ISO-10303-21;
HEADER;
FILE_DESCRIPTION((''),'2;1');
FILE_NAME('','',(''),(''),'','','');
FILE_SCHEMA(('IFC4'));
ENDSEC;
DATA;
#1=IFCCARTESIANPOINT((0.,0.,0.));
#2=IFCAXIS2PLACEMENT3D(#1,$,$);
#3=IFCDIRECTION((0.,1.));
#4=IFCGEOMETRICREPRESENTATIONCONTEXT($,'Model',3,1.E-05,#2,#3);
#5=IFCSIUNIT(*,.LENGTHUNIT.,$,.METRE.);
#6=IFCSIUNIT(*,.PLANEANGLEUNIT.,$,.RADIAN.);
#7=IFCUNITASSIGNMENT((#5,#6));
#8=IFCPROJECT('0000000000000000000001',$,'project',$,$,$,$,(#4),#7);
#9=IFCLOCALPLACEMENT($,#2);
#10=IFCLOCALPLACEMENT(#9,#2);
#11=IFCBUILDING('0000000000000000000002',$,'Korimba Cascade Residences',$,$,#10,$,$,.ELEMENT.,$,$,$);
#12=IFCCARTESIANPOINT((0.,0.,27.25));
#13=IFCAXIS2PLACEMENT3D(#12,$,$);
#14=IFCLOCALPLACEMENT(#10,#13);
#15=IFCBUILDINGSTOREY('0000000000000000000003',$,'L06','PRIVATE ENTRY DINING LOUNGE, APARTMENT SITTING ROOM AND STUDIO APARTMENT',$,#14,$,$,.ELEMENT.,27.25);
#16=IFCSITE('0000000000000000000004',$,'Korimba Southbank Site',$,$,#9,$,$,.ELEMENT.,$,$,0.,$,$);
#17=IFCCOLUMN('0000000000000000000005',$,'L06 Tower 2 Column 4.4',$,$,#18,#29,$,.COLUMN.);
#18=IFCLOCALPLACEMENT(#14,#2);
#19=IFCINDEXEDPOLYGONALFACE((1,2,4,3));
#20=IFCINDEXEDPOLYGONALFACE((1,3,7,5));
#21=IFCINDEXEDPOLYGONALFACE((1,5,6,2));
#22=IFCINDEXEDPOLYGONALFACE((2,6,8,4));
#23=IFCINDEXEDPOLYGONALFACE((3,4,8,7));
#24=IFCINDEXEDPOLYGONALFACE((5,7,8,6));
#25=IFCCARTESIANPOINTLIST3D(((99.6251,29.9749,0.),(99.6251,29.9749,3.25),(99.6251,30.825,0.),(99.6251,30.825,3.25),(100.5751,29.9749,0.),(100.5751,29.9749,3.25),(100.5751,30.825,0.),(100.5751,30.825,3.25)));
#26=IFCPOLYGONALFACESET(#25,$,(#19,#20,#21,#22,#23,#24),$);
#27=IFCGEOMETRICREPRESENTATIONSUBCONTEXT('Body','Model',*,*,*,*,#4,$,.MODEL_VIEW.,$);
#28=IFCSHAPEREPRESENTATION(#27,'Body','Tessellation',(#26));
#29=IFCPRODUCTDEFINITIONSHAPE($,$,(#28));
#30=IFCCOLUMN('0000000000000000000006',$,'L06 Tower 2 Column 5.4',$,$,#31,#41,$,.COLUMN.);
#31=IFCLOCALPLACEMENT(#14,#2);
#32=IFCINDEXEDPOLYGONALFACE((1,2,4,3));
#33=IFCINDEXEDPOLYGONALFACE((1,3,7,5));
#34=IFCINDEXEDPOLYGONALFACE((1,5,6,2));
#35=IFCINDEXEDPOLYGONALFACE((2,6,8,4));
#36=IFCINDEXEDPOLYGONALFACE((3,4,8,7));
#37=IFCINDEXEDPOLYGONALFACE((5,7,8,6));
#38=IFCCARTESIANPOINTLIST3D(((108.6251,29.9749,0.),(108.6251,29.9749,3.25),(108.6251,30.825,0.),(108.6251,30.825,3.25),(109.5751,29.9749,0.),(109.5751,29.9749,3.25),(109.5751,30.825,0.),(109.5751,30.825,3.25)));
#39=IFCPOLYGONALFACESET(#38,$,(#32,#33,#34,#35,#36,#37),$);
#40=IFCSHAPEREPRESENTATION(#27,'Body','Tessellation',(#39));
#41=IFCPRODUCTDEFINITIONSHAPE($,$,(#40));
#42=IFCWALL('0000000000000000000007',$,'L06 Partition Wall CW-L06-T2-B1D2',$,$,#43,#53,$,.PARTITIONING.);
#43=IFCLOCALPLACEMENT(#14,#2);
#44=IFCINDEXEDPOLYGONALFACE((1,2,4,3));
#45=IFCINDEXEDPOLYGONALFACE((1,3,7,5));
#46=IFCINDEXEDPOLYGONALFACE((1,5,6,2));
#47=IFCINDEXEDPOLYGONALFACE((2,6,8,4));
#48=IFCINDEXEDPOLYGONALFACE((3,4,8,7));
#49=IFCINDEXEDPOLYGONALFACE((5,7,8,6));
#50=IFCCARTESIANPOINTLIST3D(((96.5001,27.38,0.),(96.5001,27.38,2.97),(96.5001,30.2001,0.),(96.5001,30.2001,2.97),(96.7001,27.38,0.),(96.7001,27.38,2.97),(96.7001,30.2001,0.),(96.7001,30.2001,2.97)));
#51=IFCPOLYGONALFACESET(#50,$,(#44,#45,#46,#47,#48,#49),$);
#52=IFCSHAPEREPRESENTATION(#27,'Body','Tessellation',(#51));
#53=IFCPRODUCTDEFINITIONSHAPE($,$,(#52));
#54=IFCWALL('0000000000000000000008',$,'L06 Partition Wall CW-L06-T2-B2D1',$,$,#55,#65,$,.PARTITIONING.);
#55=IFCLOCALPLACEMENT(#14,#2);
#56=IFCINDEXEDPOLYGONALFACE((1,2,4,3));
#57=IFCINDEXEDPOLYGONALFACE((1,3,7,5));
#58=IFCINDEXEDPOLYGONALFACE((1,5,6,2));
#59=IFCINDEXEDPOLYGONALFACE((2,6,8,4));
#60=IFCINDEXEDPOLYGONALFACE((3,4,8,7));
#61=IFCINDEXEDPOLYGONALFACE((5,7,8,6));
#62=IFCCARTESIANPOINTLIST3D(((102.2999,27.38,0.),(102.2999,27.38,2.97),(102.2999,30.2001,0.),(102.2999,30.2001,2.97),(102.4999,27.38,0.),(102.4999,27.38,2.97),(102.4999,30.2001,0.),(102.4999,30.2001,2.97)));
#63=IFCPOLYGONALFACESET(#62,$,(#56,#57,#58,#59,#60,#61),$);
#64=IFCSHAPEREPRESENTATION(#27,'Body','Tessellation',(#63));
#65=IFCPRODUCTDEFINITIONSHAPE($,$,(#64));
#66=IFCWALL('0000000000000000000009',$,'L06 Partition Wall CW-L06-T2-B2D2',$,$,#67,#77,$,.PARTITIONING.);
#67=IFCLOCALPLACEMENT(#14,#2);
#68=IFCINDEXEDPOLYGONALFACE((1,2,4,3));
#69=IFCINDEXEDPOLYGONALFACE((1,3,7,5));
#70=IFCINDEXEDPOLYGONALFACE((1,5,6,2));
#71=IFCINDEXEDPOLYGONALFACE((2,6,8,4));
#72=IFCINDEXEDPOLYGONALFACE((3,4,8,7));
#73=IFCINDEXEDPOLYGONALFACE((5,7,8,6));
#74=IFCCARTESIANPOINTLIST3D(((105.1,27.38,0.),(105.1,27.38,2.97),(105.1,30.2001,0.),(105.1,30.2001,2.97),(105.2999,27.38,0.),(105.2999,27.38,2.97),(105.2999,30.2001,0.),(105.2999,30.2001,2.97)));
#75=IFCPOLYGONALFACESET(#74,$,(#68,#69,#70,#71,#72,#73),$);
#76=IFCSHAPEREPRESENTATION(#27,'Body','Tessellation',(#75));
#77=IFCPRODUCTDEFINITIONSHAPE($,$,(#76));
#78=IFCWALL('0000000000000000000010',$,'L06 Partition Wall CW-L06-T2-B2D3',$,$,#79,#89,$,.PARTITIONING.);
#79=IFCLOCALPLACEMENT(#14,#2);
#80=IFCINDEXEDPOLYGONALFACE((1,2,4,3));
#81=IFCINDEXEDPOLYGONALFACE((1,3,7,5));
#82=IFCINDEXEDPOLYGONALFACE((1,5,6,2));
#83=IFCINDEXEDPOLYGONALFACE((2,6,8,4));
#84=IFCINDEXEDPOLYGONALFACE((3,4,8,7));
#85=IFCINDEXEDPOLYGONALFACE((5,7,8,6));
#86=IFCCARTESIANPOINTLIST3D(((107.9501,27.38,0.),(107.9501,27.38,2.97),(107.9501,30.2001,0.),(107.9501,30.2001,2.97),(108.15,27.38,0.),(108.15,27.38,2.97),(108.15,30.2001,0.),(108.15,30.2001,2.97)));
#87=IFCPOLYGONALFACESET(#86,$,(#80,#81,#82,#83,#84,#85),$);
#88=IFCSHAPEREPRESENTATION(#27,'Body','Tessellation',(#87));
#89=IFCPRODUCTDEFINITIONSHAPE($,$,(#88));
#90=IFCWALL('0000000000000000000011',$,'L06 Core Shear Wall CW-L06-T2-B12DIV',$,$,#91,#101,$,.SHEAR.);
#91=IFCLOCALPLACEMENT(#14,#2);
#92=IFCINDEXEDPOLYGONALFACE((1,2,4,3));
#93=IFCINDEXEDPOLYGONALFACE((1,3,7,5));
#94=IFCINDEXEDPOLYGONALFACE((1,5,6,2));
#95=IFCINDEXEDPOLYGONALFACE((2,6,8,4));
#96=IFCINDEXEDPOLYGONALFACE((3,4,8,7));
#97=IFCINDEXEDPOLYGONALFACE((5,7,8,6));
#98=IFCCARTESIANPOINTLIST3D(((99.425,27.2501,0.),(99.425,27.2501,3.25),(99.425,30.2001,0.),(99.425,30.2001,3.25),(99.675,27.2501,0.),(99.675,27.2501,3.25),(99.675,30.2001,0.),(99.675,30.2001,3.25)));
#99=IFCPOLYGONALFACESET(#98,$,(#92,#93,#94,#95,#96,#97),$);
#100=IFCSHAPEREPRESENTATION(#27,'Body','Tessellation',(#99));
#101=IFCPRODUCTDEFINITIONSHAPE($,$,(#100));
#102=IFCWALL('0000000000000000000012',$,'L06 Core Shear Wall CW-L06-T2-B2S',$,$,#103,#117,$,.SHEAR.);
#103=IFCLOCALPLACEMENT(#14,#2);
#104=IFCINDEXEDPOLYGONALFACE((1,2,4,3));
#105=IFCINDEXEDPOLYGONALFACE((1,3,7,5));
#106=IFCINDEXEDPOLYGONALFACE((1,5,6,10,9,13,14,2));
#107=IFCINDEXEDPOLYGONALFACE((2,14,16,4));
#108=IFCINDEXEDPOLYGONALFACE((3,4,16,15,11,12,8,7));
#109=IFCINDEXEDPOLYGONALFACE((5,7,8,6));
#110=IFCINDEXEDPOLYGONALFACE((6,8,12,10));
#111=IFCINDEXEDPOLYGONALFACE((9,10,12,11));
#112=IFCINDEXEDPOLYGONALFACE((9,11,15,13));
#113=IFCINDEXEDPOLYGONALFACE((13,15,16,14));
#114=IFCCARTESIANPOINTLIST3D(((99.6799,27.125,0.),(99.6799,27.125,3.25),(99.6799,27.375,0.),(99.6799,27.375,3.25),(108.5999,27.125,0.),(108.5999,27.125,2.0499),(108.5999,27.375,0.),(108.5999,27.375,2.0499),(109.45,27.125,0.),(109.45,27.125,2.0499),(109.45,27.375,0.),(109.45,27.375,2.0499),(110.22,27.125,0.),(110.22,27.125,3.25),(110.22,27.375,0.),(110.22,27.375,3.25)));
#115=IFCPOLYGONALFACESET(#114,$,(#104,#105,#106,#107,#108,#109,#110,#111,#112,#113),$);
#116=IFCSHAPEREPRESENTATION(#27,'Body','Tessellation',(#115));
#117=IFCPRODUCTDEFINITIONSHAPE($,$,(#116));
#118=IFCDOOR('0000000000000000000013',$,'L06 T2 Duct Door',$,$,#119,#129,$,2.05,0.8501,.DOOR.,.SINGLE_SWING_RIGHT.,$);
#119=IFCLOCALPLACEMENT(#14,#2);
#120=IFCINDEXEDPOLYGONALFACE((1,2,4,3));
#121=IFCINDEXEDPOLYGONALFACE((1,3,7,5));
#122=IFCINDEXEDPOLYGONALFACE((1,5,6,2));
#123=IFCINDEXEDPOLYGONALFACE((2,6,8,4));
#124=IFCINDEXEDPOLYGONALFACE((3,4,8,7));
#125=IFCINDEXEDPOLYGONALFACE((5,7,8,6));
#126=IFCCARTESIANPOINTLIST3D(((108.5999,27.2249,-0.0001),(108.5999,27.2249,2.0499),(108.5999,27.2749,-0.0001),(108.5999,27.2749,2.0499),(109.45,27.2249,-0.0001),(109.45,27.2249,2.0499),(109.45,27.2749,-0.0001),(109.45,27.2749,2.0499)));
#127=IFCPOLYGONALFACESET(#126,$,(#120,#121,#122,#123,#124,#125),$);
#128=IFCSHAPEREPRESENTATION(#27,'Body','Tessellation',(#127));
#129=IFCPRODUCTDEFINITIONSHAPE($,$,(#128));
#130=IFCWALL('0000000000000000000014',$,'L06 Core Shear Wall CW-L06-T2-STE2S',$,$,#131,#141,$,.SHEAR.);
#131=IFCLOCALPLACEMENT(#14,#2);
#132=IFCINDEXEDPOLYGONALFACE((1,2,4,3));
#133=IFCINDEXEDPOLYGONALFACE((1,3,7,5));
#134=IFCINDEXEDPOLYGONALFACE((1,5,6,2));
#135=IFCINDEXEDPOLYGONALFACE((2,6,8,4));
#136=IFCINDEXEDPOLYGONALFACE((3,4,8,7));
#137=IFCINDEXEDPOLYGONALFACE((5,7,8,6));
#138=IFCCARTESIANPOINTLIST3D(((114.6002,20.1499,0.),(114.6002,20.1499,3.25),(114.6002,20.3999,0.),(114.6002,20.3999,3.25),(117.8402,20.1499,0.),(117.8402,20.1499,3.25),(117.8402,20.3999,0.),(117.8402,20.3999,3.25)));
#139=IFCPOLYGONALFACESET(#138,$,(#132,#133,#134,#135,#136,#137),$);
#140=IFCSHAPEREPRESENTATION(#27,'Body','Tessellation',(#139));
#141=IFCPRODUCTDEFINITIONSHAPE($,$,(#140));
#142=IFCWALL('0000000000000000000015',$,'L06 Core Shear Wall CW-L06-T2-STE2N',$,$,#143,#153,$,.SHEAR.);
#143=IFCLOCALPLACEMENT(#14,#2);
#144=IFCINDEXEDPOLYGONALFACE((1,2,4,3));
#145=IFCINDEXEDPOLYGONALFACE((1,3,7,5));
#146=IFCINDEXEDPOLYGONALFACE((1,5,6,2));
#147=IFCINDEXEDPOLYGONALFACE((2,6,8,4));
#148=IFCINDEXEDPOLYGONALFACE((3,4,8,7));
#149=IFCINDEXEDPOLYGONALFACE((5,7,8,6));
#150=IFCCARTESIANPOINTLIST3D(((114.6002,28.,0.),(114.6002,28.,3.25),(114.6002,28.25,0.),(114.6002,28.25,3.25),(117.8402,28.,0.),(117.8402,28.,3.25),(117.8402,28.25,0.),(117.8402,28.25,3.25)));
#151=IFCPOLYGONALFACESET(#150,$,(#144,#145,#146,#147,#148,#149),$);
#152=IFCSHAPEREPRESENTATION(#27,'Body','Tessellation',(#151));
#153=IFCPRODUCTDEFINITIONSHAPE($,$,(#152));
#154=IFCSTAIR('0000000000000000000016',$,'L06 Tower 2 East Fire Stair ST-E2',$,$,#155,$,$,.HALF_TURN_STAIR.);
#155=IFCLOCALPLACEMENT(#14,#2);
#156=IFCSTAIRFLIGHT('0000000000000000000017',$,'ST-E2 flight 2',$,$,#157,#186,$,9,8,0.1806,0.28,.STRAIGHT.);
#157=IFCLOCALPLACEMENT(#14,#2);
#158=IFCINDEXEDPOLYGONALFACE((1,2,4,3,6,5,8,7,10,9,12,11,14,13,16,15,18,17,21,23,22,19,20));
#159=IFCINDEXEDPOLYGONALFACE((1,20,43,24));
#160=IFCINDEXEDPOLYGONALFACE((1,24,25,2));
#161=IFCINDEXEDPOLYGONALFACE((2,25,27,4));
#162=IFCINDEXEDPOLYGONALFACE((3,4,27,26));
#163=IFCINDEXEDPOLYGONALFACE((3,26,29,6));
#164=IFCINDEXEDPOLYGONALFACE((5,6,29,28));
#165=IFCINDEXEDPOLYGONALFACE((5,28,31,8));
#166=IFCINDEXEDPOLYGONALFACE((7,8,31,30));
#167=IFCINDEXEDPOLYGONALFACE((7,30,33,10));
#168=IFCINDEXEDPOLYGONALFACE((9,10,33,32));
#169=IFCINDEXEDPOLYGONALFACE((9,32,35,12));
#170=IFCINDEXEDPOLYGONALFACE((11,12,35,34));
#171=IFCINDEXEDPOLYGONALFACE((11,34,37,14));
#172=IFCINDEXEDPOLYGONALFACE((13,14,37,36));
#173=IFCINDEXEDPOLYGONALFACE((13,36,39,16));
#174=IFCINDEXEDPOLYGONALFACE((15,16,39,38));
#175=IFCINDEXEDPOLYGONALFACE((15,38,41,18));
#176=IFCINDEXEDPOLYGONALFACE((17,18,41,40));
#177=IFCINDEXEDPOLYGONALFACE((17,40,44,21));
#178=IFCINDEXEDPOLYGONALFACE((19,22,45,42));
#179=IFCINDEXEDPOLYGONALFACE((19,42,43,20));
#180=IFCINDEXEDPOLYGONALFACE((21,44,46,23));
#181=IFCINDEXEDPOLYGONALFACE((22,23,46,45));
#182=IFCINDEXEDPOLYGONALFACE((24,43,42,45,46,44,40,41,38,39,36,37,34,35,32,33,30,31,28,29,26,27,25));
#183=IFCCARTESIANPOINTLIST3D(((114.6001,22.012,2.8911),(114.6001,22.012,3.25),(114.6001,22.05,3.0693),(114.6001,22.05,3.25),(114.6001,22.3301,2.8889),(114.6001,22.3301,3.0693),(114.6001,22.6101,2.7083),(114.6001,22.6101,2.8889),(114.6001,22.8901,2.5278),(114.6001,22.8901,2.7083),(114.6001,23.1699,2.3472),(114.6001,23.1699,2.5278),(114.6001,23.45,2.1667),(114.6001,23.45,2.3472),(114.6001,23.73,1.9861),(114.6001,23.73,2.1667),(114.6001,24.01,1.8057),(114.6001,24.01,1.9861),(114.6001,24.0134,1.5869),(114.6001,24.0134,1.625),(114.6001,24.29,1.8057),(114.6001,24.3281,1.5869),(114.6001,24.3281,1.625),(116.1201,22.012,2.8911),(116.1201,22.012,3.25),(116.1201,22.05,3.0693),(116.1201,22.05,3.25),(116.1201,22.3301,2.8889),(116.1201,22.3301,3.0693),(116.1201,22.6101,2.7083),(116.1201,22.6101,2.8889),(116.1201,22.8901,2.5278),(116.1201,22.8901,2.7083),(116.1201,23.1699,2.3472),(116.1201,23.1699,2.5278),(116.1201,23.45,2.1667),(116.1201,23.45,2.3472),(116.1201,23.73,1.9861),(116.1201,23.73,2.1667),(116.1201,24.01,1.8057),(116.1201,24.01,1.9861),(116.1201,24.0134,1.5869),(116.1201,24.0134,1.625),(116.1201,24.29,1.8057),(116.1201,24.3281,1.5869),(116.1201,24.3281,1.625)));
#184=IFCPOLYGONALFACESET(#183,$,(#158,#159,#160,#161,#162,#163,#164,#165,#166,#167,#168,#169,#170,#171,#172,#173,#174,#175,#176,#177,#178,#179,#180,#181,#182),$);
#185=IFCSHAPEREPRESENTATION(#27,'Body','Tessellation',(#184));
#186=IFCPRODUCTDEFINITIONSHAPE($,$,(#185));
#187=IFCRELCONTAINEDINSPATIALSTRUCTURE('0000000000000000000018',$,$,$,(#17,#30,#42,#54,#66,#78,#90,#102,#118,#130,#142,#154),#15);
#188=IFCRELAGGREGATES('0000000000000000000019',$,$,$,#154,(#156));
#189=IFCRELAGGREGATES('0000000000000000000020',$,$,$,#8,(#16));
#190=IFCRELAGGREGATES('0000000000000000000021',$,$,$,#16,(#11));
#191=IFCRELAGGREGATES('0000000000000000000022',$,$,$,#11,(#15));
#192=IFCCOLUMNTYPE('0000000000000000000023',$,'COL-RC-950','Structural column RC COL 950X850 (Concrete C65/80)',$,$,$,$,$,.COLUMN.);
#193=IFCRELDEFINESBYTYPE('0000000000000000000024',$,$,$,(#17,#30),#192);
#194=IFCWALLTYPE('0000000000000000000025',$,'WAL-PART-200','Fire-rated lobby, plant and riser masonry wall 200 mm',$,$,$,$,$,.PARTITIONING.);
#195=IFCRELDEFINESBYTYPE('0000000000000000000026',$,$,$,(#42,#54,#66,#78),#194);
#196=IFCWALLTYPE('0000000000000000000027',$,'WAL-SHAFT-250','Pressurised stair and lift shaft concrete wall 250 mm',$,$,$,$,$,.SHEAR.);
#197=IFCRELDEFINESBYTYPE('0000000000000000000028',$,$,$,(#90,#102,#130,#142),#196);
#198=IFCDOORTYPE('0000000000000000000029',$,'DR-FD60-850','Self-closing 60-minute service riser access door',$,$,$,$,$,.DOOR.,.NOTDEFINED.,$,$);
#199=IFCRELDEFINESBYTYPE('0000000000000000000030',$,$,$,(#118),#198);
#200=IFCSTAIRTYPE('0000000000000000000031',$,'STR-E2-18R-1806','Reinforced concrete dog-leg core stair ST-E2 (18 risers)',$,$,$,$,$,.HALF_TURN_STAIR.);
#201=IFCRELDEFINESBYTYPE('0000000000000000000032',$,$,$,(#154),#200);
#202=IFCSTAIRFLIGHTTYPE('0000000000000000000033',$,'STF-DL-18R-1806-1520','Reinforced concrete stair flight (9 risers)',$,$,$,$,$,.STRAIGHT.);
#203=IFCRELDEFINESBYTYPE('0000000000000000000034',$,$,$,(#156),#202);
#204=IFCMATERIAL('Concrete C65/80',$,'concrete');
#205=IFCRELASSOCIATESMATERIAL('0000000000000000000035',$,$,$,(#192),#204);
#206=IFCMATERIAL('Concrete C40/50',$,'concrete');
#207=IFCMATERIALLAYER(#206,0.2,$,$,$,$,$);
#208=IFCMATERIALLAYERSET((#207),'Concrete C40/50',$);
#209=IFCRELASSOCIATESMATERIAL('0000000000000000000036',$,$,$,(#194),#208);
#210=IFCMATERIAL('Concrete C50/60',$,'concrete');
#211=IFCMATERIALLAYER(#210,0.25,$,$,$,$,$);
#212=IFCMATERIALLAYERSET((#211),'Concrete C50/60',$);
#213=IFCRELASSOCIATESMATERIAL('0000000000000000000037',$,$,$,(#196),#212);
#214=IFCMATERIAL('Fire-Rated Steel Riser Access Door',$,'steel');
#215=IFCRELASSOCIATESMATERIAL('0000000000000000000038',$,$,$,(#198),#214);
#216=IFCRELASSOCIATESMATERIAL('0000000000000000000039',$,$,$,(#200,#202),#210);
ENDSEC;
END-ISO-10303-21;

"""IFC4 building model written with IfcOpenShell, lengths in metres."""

from ifc_helpers import new_model, si_unit, direction, frame, frame_2d, origin, origin_2d, place, context, subcontext, project, spatial, polyline, rectangle, outline, extrude, material, layer, layer_set, material_profile, profile_set, type_object, element, fill, aggregate, save


model = new_model("IFC4")

# Units and contexts
model_context = context("Model", 3, precision=1e-05, world=origin(), true_north=direction((0.0, 1.0)))
body_context = subcontext(model_context, "Body", "Model", "MODEL_VIEW")
ifc_project = project(units=[si_unit("LENGTHUNIT", "METRE"), si_unit("PLANEANGLEUNIT", "RADIAN")], contexts=[model_context])

# Site, building, storey
site_placement = place(None, origin())
site = spatial("IfcSite", under=ifc_project, at=site_placement, Name="Korimba Southbank Site", CompositionType="ELEMENT", RefElevation=0.0)
building_placement = place(site_placement, origin())
building = spatial("IfcBuilding", under=site, at=building_placement, Name="Korimba Cascade Residences", CompositionType="ELEMENT")
storey_placement = place(building_placement, frame((0.0, 0.0, 27.25)))
storey = spatial("IfcBuildingStorey", under=building, at=storey_placement, Name="L06", Description="PRIVATE ENTRY DINING LOUNGE, APARTMENT SITTING ROOM AND STUDIO APARTMENT", CompositionType="ELEMENT", Elevation=27.25)

# Columns
ifc_material_1 = material(Name="Concrete C65/80", Category="concrete")
ifc_material_profile = material_profile(ifc_material_1, rectangle(XDim=0.95, YDim=0.8501, at=origin_2d()), Name="Concrete C65/80")
ifc_profile_set = profile_set([ifc_material_profile], Name="Concrete C65/80")
column_type = type_object("IfcColumnType", Name="COL-RC-950", Description="Structural column RC COL 950X850 (Concrete C65/80)", PredefinedType="COLUMN", material=ifc_profile_set)
for number, where, z_axis, x_axis, name in (
    (1, (100.1001, 30.3999, 0.0), (0.0, 0.0, 1.0), (1.0, 0.0, 0.0), "L06 Tower 2 Column 4.4"),
    (2, (109.1001, 30.3999, 0.0), (0.0, 0.0, 1.0), (1.0, 0.0, 0.0), "L06 Tower 2 Column 5.4"),
):
    element("IfcColumn", number, at=place(storey_placement, frame(where, z_axis=z_axis, x_axis=x_axis)), inside=storey, type_object=column_type, Name=name, PredefinedType="COLUMN", context=body_context, shape_type="SweptSolid", body=[
        extrude(rectangle(XDim=0.95, YDim=0.8501, at=origin_2d()), origin(), (0.0, 0.0, 1.0), 3.25),
    ])

# Walls
ifc_material_2 = material(Name="Concrete C40/50", Category="concrete")
ifc_layer_1 = layer(ifc_material_2, 0.2)
ifc_layer_set_1 = layer_set([ifc_layer_1], Name="Concrete C40/50")
wall_type_1 = type_object("IfcWallType", Name="WAL-PART-200", Description="Fire-rated lobby, plant and riser masonry wall 200 mm", PredefinedType="PARTITIONING", material=ifc_layer_set_1)
for number, where, z_axis, x_axis, name in (
    (3, (96.6001, 27.3799, 0.0), (0.0, 0.0, 1.0), (0.0, 1.0, 0.0), "L06 Partition Wall CW-L06-T2-B1D2"),
    (4, (102.3999, 27.3799, 0.0), (0.0, 0.0, 1.0), (0.0, 1.0, 0.0), "L06 Partition Wall CW-L06-T2-B2D1"),
    (5, (105.2, 27.3799, 0.0), (0.0, 0.0, 1.0), (0.0, 1.0, 0.0), "L06 Partition Wall CW-L06-T2-B2D2"),
    (6, (108.05, 27.3799, 0.0), (0.0, 0.0, 1.0), (0.0, 1.0, 0.0), "L06 Partition Wall CW-L06-T2-B2D3"),
):
    element("IfcWall", number, at=place(storey_placement, frame(where, z_axis=z_axis, x_axis=x_axis)), inside=storey, type_object=wall_type_1, Name=name, PredefinedType="PARTITIONING", context=body_context, shape_type="SweptSolid", body=[
        extrude(rectangle(XDim=2.8201, YDim=0.2, at=frame_2d((1.4102, 0.0))), origin(), (0.0, 0.0, 1.0), 2.97),
    ])
ifc_material_3 = material(Name="Concrete C50/60", Category="concrete")
ifc_layer_2 = layer(ifc_material_3, 0.25)
ifc_layer_set_2 = layer_set([ifc_layer_2], Name="Concrete C50/60")
wall_type_2 = type_object("IfcWallType", Name="WAL-SHAFT-250", Description="Pressurised stair and lift shaft concrete wall 250 mm", PredefinedType="SHEAR", material=ifc_layer_set_2)
wall_1_placement = place(storey_placement, frame((99.55, 27.25, 0.0), z_axis=(0.0, 0.0, 1.0), x_axis=(0.0, 1.0, 0.0)))
element("IfcWall", 7, at=wall_1_placement, inside=storey, type_object=wall_type_2, Name="L06 Core Shear Wall CW-L06-T2-B12DIV", PredefinedType="SHEAR", context=body_context, shape_type="SweptSolid", body=[
    extrude(rectangle(XDim=2.95, YDim=0.25, at=frame_2d((1.4751, 0.0))), origin(), (0.0, 0.0, 1.0), 3.25),
])

# Wall, opening, door
wall_2_placement = place(storey_placement, frame((99.6799, 27.25, 0.0), z_axis=(0.0, 0.0, 1.0), x_axis=(1.0, 0.0, 0.0)))
wall_2 = element("IfcWall", 8, at=wall_2_placement, inside=storey, type_object=wall_type_2, Name="L06 Core Shear Wall CW-L06-T2-B2S", PredefinedType="SHEAR", context=body_context, shape_type="SweptSolid", body=[
    extrude(rectangle(XDim=10.54, YDim=0.25, at=frame_2d((5.27, 0.0))), origin(), (0.0, 0.0, 1.0), 3.25),
])
opening_placement = place(wall_2_placement, frame((8.9199, 0.0, 0.0)))
opening = element("IfcOpeningElement", 9, at=opening_placement, cuts=wall_2, PredefinedType="OPENING", context=body_context, shape_type="SweptSolid", body=[
    extrude(rectangle(XDim=0.8501, YDim=2.05, at=frame_2d((0.425, 1.0249))), frame((0.0, 0.135, 0.0), z_axis=(0.0, -1.0, 0.0), x_axis=(1.0, 0.0, 0.0)), (0.0, 0.0, 1.0), 0.27),
])
ifc_material_4 = material(Name="Fire-Rated Steel Riser Access Door", Category="steel")
door_type = type_object("IfcDoorType", Name="DR-FD60-850", Description="Self-closing 60-minute service riser access door", OperationType="NOTDEFINED", PredefinedType="DOOR", material=ifc_material_4)
door_placement = place(opening_placement, origin())
door = element("IfcDoor", 10, at=door_placement, inside=storey, type_object=door_type, Name="L06 T2 Duct Door", OperationType="SINGLE_SWING_RIGHT", OverallHeight=2.05, OverallWidth=0.8501, PredefinedType="DOOR", context=body_context, shape_type="SweptSolid", body=[
    extrude(rectangle(XDim=0.8501, YDim=2.05, at=frame_2d((0.425, 1.0249))), frame((0.0, 0.0249, 0.0), z_axis=(0.0, -1.0, 0.0), x_axis=(1.0, 0.0, 0.0)), (0.0, 0.0, 1.0), 0.05),
])
fill(opening, door)

# Walls
for number, where, z_axis, x_axis, name in (
    (11, (114.6001, 20.2749, 0.0), (0.0, 0.0, 1.0), (1.0, 0.0, 0.0), "L06 Core Shear Wall CW-L06-T2-STE2S"),
    (12, (114.6001, 28.125, 0.0), (0.0, 0.0, 1.0), (1.0, 0.0, 0.0), "L06 Core Shear Wall CW-L06-T2-STE2N"),
):
    element("IfcWall", number, at=place(storey_placement, frame(where, z_axis=z_axis, x_axis=x_axis)), inside=storey, type_object=wall_type_2, Name=name, PredefinedType="SHEAR", context=body_context, shape_type="SweptSolid", body=[
        extrude(rectangle(XDim=3.24, YDim=0.25, at=frame_2d((1.6201, 0.0))), origin(), (0.0, 0.0, 1.0), 3.25),
    ])

# Stair, stair flight
stair_type = type_object("IfcStairType", Name="STR-E2-18R-1806", Description="Reinforced concrete dog-leg core stair ST-E2 (18 risers)", PredefinedType="HALF_TURN_STAIR", material=ifc_material_3)
stair_placement = place(storey_placement, origin())
stair = element("IfcStair", 13, at=stair_placement, inside=storey, type_object=stair_type, Name="L06 Tower 2 East Fire Stair ST-E2", PredefinedType="HALF_TURN_STAIR")
stair_flight_type = type_object("IfcStairFlightType", Name="STF-DL-18R-1806-1520", Description="Reinforced concrete stair flight (9 risers)", PredefinedType="STRAIGHT", material=ifc_material_3)
stair_flight_placement = place(storey_placement, frame((115.3601, 24.29, 1.625), z_axis=(0.0, 0.0, 1.0), x_axis=(0.0, -1.0, 0.0)))
stair_flight = element("IfcStairFlight", 14, at=stair_flight_placement, type_object=stair_flight_type, Name="ST-E2 flight 2", NumberOfRisers=9, NumberOfTreads=8, PredefinedType="STRAIGHT", RiserHeight=0.1806, TreadLength=0.28, context=body_context, shape_type="SweptSolid", body=[
    extrude(outline(polyline([(-0.0381, 0.0), (0.0, 0.1807), (0.28, 0.1807), (0.28, 0.3611), (0.5601, 0.3611), (0.5601, 0.5417), (0.8401, 0.5417), (0.8401, 0.7222), (1.1201, 0.7222), (1.1201, 0.9028), (1.3999, 0.9028), (1.3999, 1.0833), (1.6799, 1.0833), (1.6799, 1.2639), (1.96, 1.2639), (1.96, 1.4443), (2.24, 1.4443), (2.24, 1.625), (2.2781, 1.625), (2.2781, 1.2661), (0.2766, 0.0), (0.2766, -0.0381), (-0.0381, -0.0381), (-0.0381, 0.0)])), frame((0.0, 0.76, 0.0), z_axis=(0.0, -1.0, 0.0), x_axis=(1.0, 0.0, 0.0)), (0.0, 0.0, 1.0), 1.52),
])
aggregate(stair, [stair_flight])

save(model, "model.ifc")
